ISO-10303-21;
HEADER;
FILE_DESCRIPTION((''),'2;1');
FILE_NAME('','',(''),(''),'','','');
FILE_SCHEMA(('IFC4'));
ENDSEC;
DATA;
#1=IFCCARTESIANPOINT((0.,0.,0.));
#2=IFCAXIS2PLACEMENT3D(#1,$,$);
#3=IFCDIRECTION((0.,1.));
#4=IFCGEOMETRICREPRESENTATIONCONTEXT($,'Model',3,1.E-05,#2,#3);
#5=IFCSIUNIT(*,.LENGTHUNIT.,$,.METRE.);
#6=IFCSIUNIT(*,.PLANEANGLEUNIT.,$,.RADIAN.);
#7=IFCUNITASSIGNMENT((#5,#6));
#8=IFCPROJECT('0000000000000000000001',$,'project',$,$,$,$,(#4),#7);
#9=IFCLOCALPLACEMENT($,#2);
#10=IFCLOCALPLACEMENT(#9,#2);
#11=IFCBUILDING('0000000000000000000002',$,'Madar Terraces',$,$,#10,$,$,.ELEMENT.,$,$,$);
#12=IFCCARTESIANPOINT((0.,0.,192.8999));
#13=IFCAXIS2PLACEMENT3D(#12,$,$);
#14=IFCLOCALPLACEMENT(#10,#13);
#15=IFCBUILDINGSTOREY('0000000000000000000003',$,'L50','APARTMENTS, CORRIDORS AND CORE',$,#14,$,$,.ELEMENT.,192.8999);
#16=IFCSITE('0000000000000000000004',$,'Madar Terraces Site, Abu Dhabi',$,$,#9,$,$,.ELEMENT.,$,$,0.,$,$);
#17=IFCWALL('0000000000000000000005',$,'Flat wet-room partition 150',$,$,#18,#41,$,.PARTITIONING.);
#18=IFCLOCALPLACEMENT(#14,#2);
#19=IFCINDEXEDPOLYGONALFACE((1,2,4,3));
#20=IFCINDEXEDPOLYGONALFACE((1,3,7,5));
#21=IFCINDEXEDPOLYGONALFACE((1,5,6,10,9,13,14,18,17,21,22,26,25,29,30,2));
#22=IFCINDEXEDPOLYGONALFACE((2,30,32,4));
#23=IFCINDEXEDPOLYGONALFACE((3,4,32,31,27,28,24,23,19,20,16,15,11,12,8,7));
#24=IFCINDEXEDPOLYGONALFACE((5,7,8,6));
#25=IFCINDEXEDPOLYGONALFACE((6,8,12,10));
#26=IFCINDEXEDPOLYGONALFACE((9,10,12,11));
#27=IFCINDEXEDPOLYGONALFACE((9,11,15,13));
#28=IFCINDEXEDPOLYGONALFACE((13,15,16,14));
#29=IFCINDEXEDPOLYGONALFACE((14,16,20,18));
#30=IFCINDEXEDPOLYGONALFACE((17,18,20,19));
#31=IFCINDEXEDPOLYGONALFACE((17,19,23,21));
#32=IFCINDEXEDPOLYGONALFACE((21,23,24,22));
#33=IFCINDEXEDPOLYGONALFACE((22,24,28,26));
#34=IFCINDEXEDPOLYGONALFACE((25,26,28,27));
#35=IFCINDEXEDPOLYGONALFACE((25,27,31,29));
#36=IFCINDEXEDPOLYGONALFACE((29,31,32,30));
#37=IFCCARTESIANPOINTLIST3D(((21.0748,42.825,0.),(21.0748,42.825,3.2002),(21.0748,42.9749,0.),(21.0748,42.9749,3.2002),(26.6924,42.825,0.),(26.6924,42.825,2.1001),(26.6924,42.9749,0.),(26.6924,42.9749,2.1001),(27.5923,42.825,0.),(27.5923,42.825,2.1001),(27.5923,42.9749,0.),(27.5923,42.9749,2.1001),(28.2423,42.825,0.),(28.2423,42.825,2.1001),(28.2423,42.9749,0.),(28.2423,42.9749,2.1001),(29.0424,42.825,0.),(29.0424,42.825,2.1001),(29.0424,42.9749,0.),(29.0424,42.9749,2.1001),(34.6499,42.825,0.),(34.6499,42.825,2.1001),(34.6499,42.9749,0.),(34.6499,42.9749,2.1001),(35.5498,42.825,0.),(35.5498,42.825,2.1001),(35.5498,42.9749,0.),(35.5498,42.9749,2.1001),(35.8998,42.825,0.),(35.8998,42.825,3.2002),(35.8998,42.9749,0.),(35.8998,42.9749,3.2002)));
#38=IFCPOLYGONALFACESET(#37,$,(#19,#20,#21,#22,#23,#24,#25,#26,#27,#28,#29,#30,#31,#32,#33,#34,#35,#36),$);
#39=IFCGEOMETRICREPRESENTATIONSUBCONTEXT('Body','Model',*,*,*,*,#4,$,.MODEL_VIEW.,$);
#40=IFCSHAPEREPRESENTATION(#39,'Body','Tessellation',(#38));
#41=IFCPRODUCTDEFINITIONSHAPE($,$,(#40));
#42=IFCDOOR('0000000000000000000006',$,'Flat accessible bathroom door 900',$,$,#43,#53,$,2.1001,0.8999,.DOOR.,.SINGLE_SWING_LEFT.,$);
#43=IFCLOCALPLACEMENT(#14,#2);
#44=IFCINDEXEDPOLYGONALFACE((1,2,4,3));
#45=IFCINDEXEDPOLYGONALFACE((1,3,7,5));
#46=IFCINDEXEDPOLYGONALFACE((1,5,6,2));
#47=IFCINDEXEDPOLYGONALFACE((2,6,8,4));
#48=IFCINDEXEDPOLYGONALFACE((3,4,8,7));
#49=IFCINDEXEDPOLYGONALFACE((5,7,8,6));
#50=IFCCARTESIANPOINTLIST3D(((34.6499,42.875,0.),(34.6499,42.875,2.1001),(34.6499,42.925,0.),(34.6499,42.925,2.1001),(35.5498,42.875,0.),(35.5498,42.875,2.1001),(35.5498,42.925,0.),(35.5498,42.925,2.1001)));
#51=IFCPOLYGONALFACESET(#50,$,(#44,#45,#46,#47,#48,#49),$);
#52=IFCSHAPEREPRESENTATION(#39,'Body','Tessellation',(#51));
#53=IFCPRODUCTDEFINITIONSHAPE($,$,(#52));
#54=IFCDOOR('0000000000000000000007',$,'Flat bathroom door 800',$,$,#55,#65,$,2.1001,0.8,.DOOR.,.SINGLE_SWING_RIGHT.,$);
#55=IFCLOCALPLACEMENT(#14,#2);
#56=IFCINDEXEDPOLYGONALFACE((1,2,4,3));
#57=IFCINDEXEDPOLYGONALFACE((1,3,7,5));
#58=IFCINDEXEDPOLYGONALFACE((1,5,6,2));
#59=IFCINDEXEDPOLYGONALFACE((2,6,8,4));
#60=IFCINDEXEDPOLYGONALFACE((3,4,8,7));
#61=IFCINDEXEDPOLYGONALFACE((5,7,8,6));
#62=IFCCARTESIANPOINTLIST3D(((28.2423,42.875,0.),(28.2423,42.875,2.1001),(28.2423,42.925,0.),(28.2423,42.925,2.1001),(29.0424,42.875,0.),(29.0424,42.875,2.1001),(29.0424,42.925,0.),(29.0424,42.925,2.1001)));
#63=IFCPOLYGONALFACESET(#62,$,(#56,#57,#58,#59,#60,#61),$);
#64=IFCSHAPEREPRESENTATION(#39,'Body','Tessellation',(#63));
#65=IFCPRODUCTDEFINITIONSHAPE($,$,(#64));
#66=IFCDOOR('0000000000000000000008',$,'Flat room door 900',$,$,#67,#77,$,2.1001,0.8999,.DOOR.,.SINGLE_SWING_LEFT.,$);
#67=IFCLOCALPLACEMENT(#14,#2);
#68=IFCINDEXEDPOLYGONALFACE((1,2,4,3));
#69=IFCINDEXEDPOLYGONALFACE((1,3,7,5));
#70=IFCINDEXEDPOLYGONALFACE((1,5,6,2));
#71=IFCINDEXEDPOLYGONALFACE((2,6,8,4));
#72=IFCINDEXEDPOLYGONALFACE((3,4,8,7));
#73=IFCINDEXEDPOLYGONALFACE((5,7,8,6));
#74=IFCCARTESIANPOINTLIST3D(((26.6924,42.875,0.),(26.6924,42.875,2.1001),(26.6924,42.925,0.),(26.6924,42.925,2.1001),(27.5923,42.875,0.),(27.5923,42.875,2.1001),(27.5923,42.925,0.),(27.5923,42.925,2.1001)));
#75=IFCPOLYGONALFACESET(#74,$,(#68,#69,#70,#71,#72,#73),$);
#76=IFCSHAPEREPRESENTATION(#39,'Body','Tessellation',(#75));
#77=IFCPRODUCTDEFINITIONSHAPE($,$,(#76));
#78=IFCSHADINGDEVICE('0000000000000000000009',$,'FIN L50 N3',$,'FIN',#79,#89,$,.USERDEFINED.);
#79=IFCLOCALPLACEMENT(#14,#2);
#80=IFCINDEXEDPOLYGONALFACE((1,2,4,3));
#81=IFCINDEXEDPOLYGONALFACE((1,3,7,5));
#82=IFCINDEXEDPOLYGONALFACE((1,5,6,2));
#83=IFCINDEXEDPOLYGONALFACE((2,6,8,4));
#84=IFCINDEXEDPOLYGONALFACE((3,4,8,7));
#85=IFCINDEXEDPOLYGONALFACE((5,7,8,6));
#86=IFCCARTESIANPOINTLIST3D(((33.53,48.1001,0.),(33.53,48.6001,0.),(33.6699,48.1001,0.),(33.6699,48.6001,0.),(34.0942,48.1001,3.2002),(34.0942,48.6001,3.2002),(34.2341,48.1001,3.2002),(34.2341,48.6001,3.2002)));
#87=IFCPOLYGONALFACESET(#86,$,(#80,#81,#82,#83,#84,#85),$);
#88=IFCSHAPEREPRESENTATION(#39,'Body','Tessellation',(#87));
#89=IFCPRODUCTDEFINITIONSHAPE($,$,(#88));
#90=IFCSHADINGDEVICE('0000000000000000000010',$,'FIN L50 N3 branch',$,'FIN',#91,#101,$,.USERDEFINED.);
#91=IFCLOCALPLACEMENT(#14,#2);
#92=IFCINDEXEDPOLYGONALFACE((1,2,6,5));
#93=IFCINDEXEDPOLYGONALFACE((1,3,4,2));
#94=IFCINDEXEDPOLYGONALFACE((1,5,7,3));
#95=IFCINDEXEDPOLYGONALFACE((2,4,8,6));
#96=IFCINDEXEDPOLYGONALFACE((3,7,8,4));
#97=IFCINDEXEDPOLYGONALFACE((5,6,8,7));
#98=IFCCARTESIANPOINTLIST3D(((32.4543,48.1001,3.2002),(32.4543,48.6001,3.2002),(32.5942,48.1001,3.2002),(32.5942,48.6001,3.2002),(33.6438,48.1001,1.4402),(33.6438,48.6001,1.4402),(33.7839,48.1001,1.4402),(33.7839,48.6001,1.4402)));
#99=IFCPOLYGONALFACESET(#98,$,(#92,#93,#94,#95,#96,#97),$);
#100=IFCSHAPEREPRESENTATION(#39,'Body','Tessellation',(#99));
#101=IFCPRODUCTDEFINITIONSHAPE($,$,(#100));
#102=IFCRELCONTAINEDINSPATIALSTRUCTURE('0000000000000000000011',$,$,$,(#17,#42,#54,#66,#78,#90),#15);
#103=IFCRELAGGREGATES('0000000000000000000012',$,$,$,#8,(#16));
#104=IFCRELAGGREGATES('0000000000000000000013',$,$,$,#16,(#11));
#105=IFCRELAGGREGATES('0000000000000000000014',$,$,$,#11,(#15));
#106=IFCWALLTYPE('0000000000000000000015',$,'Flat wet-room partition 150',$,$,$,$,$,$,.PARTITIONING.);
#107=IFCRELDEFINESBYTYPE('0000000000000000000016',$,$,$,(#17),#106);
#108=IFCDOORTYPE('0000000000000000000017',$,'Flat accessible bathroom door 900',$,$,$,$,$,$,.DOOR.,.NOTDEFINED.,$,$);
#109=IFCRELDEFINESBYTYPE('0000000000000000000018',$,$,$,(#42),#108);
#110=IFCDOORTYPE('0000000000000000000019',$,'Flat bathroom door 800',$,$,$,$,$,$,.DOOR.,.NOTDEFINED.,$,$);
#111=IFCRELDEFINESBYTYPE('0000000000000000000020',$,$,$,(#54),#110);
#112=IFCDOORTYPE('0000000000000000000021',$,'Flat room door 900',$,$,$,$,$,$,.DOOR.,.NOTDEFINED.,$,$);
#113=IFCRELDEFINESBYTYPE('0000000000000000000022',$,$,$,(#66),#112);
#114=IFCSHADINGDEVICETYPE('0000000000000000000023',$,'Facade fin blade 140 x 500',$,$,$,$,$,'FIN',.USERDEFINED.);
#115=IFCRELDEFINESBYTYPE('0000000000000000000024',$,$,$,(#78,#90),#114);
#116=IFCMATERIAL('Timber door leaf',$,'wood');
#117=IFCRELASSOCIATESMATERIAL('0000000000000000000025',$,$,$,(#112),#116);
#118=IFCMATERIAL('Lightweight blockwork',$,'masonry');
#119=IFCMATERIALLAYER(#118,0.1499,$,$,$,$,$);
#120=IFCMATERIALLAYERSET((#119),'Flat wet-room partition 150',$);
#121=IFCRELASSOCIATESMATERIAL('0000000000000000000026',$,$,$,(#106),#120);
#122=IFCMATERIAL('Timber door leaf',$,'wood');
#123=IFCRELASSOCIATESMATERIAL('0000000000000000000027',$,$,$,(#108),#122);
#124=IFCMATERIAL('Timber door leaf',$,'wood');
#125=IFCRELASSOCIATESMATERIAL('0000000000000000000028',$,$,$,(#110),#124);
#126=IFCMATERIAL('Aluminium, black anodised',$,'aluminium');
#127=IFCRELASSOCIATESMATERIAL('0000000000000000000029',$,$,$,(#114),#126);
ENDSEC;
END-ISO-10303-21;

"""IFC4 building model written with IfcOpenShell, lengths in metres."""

from ifc_helpers import new_model, si_unit, direction, frame, frame_2d, origin, place, context, subcontext, project, spatial, polyline, rectangle, outline, extrude, material, layer, layer_set, type_object, element, fill, save


model = new_model("IFC4")

# Units and contexts
model_context = context("Model", 3, precision=1e-05, world=origin(), true_north=direction((0.0, 1.0)))
body_context = subcontext(model_context, "Body", "Model", "MODEL_VIEW")
ifc_project = project(units=[si_unit("LENGTHUNIT", "METRE"), si_unit("PLANEANGLEUNIT", "RADIAN")], contexts=[model_context])

# Site, building, storey
site_placement = place(None, origin())
site = spatial("IfcSite", under=ifc_project, at=site_placement, Name="Madar Terraces Site, Abu Dhabi", CompositionType="ELEMENT", RefElevation=0.0)
building_placement = place(site_placement, origin())
building = spatial("IfcBuilding", under=site, at=building_placement, Name="Madar Terraces", CompositionType="ELEMENT")
storey_placement = place(building_placement, frame((0.0, 0.0, 192.8999)))
storey = spatial("IfcBuildingStorey", under=building, at=storey_placement, Name="L50", Description="APARTMENTS, CORRIDORS AND CORE", CompositionType="ELEMENT", Elevation=192.8999)

# Shared definitions
ifc_material_1 = material(Name="Timber door leaf", Category="wood")
door_type_1 = type_object("IfcDoorType", Name="Flat room door 900", OperationType="NOTDEFINED", PredefinedType="DOOR", material=ifc_material_1)

# Shared definitions
ifc_material_2 = material(Name="Lightweight blockwork", Category="masonry")
ifc_layer_1 = layer(ifc_material_2, 0.1499)
ifc_layer_set_1 = layer_set([ifc_layer_1], Name="Flat wet-room partition 150")
wall_type_1 = type_object("IfcWallType", Name="Flat wet-room partition 150", PredefinedType="PARTITIONING", material=ifc_layer_set_1)

# Wall, openings, doors
wall_1_placement = place(storey_placement, frame((35.8999, 42.8999, 0.0), z_axis=(0.0, 0.0, 1.0), x_axis=(-1.0, 0.0, 0.0)))
wall_1 = element("IfcWall", 1, at=wall_1_placement, inside=storey, type_object=wall_type_1, Name="Flat wet-room partition 150", PredefinedType="PARTITIONING", context=body_context, shape_type="SweptSolid", body=[
    extrude(rectangle(XDim=14.825, YDim=0.1499, at=frame_2d((7.4126, 0.0))), origin(), (0.0, 0.0, 1.0), 3.2002),
])
opening_1_placement = place(wall_1_placement, frame((8.3076, 0.0, 0.0)))
opening_1 = element("IfcOpeningElement", 2, at=opening_1_placement, cuts=wall_1, PredefinedType="OPENING", context=body_context, shape_type="SweptSolid", body=[
    extrude(rectangle(XDim=0.8999, YDim=2.1001, at=frame_2d((0.45, 1.05))), frame((0.0, 0.085, 0.0), z_axis=(0.0, -1.0, 0.0), x_axis=(1.0, 0.0, 0.0)), (0.0, 0.0, 1.0), 0.1699),
])
opening_2_placement = place(wall_1_placement, frame((6.8577, 0.0, 0.0)))
opening_2 = element("IfcOpeningElement", 3, at=opening_2_placement, cuts=wall_1, PredefinedType="OPENING", context=body_context, shape_type="SweptSolid", body=[
    extrude(rectangle(XDim=0.8, YDim=2.1001, at=frame_2d((0.3999, 1.05))), frame((0.0, 0.085, 0.0), z_axis=(0.0, -1.0, 0.0), x_axis=(1.0, 0.0, 0.0)), (0.0, 0.0, 1.0), 0.1699),
])
opening_3_placement = place(wall_1_placement, frame((0.3501, 0.0, 0.0)))
opening_3 = element("IfcOpeningElement", 4, at=opening_3_placement, cuts=wall_1, PredefinedType="OPENING", context=body_context, shape_type="SweptSolid", body=[
    extrude(rectangle(XDim=0.8999, YDim=2.1001, at=frame_2d((0.45, 1.05))), frame((0.0, 0.085, 0.0), z_axis=(0.0, -1.0, 0.0), x_axis=(1.0, 0.0, 0.0)), (0.0, 0.0, 1.0), 0.1699),
])
ifc_material_3 = material(Name="Timber door leaf", Category="wood")
door_type_2 = type_object("IfcDoorType", Name="Flat accessible bathroom door 900", OperationType="NOTDEFINED", PredefinedType="DOOR", material=ifc_material_3)
door_1_placement = place(opening_3_placement, origin())
door_1 = element("IfcDoor", 5, at=door_1_placement, inside=storey, type_object=door_type_2, Name="Flat accessible bathroom door 900", OperationType="SINGLE_SWING_LEFT", OverallHeight=2.1001, OverallWidth=0.8999, PredefinedType="DOOR", context=body_context, shape_type="SweptSolid", body=[
    extrude(rectangle(XDim=0.8999, YDim=2.1001, at=frame_2d((0.45, 1.05))), frame((0.0, 0.0249, 0.0), z_axis=(0.0, -1.0, 0.0), x_axis=(1.0, 0.0, 0.0)), (0.0, 0.0, 1.0), 0.05),
])
fill(opening_3, door_1)
ifc_material_4 = material(Name="Timber door leaf", Category="wood")
door_type_3 = type_object("IfcDoorType", Name="Flat bathroom door 800", OperationType="NOTDEFINED", PredefinedType="DOOR", material=ifc_material_4)
door_2_placement = place(opening_2_placement, origin())
door_2 = element("IfcDoor", 6, at=door_2_placement, inside=storey, type_object=door_type_3, Name="Flat bathroom door 800", OperationType="SINGLE_SWING_RIGHT", OverallHeight=2.1001, OverallWidth=0.8, PredefinedType="DOOR", context=body_context, shape_type="SweptSolid", body=[
    extrude(rectangle(XDim=0.8, YDim=2.1001, at=frame_2d((0.3999, 1.05))), frame((0.0, 0.0249, 0.0), z_axis=(0.0, -1.0, 0.0), x_axis=(1.0, 0.0, 0.0)), (0.0, 0.0, 1.0), 0.05),
])
fill(opening_2, door_2)
door_3_placement = place(opening_1_placement, origin())
door_3 = element("IfcDoor", 7, at=door_3_placement, inside=storey, type_object=door_type_1, Name="Flat room door 900", OperationType="SINGLE_SWING_LEFT", OverallHeight=2.1001, OverallWidth=0.8999, PredefinedType="DOOR", context=body_context, shape_type="SweptSolid", body=[
    extrude(rectangle(XDim=0.8999, YDim=2.1001, at=frame_2d((0.45, 1.05))), frame((0.0, 0.0249, 0.0), z_axis=(0.0, -1.0, 0.0), x_axis=(1.0, 0.0, 0.0)), (0.0, 0.0, 1.0), 0.05),
])
fill(opening_1, door_3)

# Shading devices
ifc_material_5 = material(Name="Aluminium, black anodised", Category="aluminium")
shading_device_type = type_object("IfcShadingDeviceType", Name="Facade fin blade 140 x 500", ElementType="FIN", PredefinedType="USERDEFINED", material=ifc_material_5)
shading_device_1_placement = place(storey_placement, frame((33.6699, 48.3501, 0.0), z_axis=(0.0, 0.0, 1.0), x_axis=(-1.0, 0.0, 0.0)))
element("IfcShadingDevice", 8, at=shading_device_1_placement, inside=storey, type_object=shading_device_type, Name="FIN L50 N3", ObjectType="FIN", PredefinedType="USERDEFINED", context=body_context, shape_type="SweptSolid", body=[
    extrude(outline(polyline([(0.0, 0.0), (0.1399, 0.0), (-0.4243, 3.2002), (-0.5642, 3.2002), (0.0, 0.0)])), frame((0.0, 0.25, 0.0), z_axis=(0.0, -1.0, 0.0), x_axis=(1.0, 0.0, 0.0)), (0.0, 0.0, 1.0), 0.5),
])
shading_device_2_placement = place(storey_placement, frame((33.7839, 48.3501, 1.4402), z_axis=(0.0, 0.0, 1.0), x_axis=(-1.0, 0.0, 0.0)))
element("IfcShadingDevice", 9, at=shading_device_2_placement, inside=storey, type_object=shading_device_type, Name="FIN L50 N3 branch", ObjectType="FIN", PredefinedType="USERDEFINED", context=body_context, shape_type="SweptSolid", body=[
    extrude(outline(polyline([(0.0, 0.0), (0.1401, 0.0), (1.3296, 1.76), (1.1897, 1.76), (0.0, 0.0)])), frame((0.0, 0.25, 0.0), z_axis=(0.0, -1.0, 0.0), x_axis=(1.0, 0.0, 0.0)), (0.0, 0.0, 1.0), 0.5),
])

save(model, "model.ifc")
